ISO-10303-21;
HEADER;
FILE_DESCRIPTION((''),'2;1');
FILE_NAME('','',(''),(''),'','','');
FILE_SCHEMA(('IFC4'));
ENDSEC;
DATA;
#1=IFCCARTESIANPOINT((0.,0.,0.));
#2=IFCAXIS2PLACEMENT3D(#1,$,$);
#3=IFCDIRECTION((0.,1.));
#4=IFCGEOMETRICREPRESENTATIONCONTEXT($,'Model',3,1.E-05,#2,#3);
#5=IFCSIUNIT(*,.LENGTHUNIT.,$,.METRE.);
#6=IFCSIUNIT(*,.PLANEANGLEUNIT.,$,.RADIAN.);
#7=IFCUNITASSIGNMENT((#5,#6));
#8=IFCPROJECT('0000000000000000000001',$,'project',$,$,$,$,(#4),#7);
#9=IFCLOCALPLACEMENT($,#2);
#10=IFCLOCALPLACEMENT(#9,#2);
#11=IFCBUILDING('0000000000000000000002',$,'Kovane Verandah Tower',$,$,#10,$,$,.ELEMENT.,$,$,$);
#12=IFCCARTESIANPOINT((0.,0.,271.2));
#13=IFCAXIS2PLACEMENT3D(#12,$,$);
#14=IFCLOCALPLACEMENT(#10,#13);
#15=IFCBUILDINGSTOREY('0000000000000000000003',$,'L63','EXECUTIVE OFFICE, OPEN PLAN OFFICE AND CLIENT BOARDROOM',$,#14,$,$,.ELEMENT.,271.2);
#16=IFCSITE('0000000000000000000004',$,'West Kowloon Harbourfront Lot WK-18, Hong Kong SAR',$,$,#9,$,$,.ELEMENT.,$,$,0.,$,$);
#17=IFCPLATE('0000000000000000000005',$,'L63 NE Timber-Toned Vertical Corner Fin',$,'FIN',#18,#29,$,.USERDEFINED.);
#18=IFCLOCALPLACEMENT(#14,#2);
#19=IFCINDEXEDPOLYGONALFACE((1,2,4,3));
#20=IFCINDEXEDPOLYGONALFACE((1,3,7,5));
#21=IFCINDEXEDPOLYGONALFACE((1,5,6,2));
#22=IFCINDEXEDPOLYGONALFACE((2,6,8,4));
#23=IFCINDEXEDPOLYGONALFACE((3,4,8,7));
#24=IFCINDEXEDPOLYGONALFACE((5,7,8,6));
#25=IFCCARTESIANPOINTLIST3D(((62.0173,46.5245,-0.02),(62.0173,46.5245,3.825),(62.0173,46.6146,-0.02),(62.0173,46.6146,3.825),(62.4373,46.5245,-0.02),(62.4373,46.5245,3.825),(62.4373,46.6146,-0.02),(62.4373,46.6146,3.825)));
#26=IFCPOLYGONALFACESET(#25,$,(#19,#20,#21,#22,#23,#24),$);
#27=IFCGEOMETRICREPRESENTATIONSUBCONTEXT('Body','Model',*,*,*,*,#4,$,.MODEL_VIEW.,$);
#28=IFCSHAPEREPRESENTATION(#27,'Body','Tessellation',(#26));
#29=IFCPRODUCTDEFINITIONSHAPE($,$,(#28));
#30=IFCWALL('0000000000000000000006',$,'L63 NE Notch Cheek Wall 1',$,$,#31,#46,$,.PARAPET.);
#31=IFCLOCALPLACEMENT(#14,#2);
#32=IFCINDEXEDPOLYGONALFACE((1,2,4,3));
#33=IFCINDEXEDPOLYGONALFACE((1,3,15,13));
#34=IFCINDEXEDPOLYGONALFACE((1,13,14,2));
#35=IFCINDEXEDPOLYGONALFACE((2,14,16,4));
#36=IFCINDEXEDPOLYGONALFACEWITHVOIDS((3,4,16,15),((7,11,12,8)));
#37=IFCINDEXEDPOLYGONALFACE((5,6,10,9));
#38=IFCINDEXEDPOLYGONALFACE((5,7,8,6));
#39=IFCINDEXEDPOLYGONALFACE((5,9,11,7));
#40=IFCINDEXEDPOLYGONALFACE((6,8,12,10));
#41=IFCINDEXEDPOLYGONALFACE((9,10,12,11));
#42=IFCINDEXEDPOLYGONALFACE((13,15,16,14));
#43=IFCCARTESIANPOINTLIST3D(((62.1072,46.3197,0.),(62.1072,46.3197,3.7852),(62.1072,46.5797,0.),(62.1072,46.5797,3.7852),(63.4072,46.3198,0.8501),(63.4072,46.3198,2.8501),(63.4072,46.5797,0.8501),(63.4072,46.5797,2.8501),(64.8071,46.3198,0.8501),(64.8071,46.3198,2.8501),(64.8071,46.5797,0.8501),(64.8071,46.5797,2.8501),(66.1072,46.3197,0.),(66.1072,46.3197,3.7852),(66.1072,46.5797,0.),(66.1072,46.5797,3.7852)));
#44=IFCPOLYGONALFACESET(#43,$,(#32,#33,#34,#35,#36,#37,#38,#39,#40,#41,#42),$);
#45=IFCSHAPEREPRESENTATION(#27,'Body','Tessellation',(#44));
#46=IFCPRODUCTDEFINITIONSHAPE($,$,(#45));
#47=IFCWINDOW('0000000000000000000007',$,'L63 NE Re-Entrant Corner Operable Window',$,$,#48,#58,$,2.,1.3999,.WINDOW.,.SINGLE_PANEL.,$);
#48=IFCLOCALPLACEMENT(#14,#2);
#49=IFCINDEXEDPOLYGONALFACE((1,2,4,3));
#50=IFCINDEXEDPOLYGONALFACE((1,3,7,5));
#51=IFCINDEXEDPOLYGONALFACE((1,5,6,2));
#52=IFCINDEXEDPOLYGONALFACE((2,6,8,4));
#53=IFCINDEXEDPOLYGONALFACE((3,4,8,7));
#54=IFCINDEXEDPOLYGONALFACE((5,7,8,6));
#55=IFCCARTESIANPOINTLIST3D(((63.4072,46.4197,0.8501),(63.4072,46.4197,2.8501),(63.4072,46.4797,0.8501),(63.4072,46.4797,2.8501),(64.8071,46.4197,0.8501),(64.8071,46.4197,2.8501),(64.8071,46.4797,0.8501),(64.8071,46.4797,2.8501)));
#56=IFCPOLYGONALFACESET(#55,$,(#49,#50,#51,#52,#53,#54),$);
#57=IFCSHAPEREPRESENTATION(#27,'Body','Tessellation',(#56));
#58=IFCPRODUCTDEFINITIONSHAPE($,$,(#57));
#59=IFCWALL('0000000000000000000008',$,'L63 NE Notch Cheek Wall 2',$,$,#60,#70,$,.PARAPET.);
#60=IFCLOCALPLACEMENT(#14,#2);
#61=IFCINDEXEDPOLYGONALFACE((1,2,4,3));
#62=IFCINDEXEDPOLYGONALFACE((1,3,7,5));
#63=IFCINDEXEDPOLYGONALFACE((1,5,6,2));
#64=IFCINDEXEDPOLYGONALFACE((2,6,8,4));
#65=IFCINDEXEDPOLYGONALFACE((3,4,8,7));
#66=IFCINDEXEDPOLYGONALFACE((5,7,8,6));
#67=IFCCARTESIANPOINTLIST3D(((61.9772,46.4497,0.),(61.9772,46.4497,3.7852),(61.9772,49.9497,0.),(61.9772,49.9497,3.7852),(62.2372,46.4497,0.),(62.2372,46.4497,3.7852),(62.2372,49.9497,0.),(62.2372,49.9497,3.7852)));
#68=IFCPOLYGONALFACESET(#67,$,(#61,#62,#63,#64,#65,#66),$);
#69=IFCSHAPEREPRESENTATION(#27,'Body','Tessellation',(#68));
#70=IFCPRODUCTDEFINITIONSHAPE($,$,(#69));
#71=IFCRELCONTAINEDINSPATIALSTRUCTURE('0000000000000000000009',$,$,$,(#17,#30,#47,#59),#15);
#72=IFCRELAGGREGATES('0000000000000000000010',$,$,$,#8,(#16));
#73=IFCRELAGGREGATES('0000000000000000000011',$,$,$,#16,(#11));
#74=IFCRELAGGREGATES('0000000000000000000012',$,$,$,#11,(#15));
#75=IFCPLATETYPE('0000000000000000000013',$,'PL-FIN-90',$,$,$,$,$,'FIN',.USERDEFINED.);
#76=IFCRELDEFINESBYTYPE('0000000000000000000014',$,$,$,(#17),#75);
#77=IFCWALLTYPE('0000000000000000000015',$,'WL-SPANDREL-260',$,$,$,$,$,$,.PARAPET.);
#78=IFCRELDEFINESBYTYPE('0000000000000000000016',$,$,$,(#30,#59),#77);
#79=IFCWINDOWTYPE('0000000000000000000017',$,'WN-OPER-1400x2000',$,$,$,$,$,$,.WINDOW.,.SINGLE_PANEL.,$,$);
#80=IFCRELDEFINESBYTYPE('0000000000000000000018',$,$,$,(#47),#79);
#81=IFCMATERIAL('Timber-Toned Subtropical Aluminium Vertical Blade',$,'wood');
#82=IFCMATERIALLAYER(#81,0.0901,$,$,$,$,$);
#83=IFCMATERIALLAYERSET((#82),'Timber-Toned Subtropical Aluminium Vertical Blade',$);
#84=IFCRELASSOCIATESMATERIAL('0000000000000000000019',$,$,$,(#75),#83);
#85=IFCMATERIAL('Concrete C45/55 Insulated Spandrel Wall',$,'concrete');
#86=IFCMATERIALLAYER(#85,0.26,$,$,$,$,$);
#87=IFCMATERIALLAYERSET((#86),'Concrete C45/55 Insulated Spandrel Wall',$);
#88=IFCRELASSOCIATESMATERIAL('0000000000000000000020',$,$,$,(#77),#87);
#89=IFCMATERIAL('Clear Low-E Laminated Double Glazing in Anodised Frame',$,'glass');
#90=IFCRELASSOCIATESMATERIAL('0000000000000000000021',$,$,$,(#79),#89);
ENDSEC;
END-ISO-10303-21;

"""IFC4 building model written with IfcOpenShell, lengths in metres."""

from ifc_helpers import new_model, si_unit, direction, frame, frame_2d, origin, origin_2d, place, context, subcontext, project, spatial, rectangle, extrude, material, layer, layer_set, type_object, element, fill, save


model = new_model("IFC4")

# Units and contexts
model_context = context("Model", 3, precision=1e-05, world=origin(), true_north=direction((0.0, 1.0)))
body_context = subcontext(model_context, "Body", "Model", "MODEL_VIEW")
ifc_project = project(units=[si_unit("LENGTHUNIT", "METRE"), si_unit("PLANEANGLEUNIT", "RADIAN")], contexts=[model_context])

# Site, building, storey
site_placement = place(None, origin())
site = spatial("IfcSite", under=ifc_project, at=site_placement, Name="West Kowloon Harbourfront Lot WK-18, Hong Kong SAR", CompositionType="ELEMENT", RefElevation=0.0)
building_placement = place(site_placement, origin())
building = spatial("IfcBuilding", under=site, at=building_placement, Name="Kovane Verandah Tower", CompositionType="ELEMENT")
storey_placement = place(building_placement, frame((0.0, 0.0, 271.2)))
storey = spatial("IfcBuildingStorey", under=building, at=storey_placement, Name="L63", Description="EXECUTIVE OFFICE, OPEN PLAN OFFICE AND CLIENT BOARDROOM", CompositionType="ELEMENT", Elevation=271.2)

# Plate
ifc_material_1 = material(Name="Timber-Toned Subtropical Aluminium Vertical Blade", Category="wood")
ifc_layer_1 = layer(ifc_material_1, 0.0901)
ifc_layer_set_1 = layer_set([ifc_layer_1], Name="Timber-Toned Subtropical Aluminium Vertical Blade")
plate_type_1 = type_object("IfcPlateType", Name="PL-FIN-90", ElementType="FIN", PredefinedType="USERDEFINED", material=ifc_layer_set_1)
plate_1_placement = place(storey_placement, frame((62.2273, 46.5696, -0.02), z_axis=(0.0, 0.0, 1.0), x_axis=(1.0, 0.0, 0.0)))
element("IfcPlate", 1, at=plate_1_placement, inside=storey, type_object=plate_type_1, Name="L63 NE Timber-Toned Vertical Corner Fin", ObjectType="FIN", PredefinedType="USERDEFINED", context=body_context, shape_type="SweptSolid", body=[
    extrude(rectangle(XDim=0.4199, YDim=0.0901, at=origin_2d()), origin(), (0.0, 0.0, 1.0), 3.845),
])

# Wall, opening, window
ifc_material_2 = material(Name="Concrete C45/55 Insulated Spandrel Wall", Category="concrete")
ifc_layer_2 = layer(ifc_material_2, 0.26)
ifc_layer_set_2 = layer_set([ifc_layer_2], Name="Concrete C45/55 Insulated Spandrel Wall")
wall_type = type_object("IfcWallType", Name="WL-SPANDREL-260", PredefinedType="PARAPET", material=ifc_layer_set_2)
wall_1_placement = place(storey_placement, frame((66.1072, 46.4497, 0.0), z_axis=(0.0, 0.0, 1.0), x_axis=(-1.0, 0.0, 0.0)))
wall_1 = element("IfcWall", 2, at=wall_1_placement, inside=storey, type_object=wall_type, Name="L63 NE Notch Cheek Wall 1", PredefinedType="PARAPET", context=body_context, shape_type="SweptSolid", body=[
    extrude(rectangle(XDim=4.0, YDim=0.26, at=frame_2d((2.0, 0.0))), origin(), (0.0, 0.0, 1.0), 3.7852),
])
opening_placement = place(wall_1_placement, frame((1.3, 0.0, 0.8501)))
opening = element("IfcOpeningElement", 3, at=opening_placement, cuts=wall_1, PredefinedType="OPENING", context=body_context, shape_type="SweptSolid", body=[
    extrude(rectangle(XDim=1.3999, YDim=2.0, at=frame_2d((0.7, 1.0))), frame((0.0, 0.1299, 0.0), z_axis=(0.0, -1.0, 0.0), x_axis=(1.0, 0.0, 0.0)), (0.0, 0.0, 1.0), 0.26),
])
ifc_material_3 = material(Name="Clear Low-E Laminated Double Glazing in Anodised Frame", Category="glass")
window_type = type_object("IfcWindowType", Name="WN-OPER-1400x2000", PartitioningType="SINGLE_PANEL", PredefinedType="WINDOW", material=ifc_material_3)
window_placement = place(opening_placement, origin())
window = element("IfcWindow", 4, at=window_placement, inside=storey, type_object=window_type, Name="L63 NE Re-Entrant Corner Operable Window", OverallHeight=2.0, OverallWidth=1.3999, PartitioningType="SINGLE_PANEL", PredefinedType="WINDOW", context=body_context, shape_type="SweptSolid", body=[
    extrude(rectangle(XDim=1.3999, YDim=2.0, at=frame_2d((0.7, 1.0))), frame((0.0, 0.03, 0.0), z_axis=(0.0, -1.0, 0.0), x_axis=(1.0, 0.0, 0.0)), (0.0, 0.0, 1.0), 0.0601),
])
fill(opening, window)

# Wall
wall_2_placement = place(storey_placement, frame((62.1072, 46.4497, 0.0), z_axis=(0.0, 0.0, 1.0), x_axis=(0.0, 1.0, 0.0)))
element("IfcWall", 5, at=wall_2_placement, inside=storey, type_object=wall_type, Name="L63 NE Notch Cheek Wall 2", PredefinedType="PARAPET", context=body_context, shape_type="SweptSolid", body=[
    extrude(rectangle(XDim=3.5, YDim=0.26, at=frame_2d((1.75, 0.0))), origin(), (0.0, 0.0, 1.0), 3.7852),
])

save(model, "model.ifc")
